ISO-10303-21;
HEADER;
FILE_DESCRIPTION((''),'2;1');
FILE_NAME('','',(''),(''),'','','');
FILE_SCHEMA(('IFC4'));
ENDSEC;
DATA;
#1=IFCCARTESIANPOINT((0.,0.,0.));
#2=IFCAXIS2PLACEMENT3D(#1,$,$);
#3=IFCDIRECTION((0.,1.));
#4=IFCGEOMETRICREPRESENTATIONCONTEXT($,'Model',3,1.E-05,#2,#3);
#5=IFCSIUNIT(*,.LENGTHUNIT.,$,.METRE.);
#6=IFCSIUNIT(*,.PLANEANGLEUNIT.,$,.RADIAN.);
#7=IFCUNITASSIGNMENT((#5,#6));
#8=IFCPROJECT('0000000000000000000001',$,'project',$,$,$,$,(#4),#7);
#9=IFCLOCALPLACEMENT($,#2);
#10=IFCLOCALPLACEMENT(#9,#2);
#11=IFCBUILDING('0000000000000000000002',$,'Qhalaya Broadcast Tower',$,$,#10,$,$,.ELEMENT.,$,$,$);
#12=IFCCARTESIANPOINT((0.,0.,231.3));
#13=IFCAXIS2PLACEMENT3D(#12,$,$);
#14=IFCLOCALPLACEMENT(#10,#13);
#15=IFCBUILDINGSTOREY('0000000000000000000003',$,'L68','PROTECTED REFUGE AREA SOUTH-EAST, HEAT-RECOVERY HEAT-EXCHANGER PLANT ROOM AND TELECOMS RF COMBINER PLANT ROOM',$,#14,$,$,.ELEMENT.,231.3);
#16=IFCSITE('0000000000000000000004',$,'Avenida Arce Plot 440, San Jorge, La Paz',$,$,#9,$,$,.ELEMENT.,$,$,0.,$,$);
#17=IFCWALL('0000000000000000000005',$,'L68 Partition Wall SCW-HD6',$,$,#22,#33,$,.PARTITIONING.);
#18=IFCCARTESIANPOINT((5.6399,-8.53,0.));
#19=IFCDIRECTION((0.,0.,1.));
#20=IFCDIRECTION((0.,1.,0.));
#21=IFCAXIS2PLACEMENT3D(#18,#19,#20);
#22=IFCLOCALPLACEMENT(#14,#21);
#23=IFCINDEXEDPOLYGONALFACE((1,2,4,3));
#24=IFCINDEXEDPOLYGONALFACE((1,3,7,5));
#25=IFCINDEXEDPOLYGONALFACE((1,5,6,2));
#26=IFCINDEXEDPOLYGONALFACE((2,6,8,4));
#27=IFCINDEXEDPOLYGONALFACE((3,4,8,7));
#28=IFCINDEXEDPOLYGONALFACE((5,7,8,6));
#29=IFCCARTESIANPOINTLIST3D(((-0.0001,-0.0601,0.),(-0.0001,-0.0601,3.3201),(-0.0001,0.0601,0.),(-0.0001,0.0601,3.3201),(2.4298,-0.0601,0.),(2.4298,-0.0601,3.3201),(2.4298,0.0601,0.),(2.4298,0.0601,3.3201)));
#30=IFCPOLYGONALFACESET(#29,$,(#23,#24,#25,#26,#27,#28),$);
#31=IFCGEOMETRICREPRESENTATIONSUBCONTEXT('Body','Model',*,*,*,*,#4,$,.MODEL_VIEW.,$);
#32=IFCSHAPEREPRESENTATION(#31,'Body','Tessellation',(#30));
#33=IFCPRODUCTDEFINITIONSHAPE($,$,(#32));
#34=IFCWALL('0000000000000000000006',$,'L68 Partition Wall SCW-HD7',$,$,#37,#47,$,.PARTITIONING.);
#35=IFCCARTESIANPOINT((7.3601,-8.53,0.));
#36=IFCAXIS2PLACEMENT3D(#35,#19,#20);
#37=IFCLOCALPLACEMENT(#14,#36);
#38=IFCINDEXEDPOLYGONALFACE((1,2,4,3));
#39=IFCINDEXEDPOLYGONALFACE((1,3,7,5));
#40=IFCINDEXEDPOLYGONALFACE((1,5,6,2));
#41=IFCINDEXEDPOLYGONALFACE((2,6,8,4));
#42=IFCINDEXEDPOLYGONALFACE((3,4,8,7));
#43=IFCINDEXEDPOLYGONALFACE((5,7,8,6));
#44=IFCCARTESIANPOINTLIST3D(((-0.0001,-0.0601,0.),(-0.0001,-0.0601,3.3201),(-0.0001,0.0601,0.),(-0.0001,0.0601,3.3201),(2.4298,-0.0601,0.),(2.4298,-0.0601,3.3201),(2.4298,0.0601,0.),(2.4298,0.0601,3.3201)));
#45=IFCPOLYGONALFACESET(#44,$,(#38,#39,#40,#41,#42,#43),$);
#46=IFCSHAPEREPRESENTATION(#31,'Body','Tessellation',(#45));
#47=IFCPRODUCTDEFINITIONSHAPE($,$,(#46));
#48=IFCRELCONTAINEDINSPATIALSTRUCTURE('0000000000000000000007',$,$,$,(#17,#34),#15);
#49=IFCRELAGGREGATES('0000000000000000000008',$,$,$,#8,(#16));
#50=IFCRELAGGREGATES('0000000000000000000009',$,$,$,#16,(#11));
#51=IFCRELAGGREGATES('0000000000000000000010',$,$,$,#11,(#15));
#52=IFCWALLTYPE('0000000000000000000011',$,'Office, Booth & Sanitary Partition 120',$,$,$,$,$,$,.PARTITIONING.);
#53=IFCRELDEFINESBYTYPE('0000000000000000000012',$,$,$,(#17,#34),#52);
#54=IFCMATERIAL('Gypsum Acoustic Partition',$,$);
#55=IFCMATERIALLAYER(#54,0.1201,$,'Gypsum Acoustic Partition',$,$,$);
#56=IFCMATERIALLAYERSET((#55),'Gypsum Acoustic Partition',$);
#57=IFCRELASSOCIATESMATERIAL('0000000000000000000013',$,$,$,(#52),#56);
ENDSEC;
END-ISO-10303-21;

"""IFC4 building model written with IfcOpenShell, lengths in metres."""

from ifc_helpers import new_model, si_unit, direction, frame, frame_2d, origin, place, context, subcontext, project, spatial, rectangle, extrude, material, layer, layer_set, type_object, element, save


model = new_model("IFC4")

# Units and contexts
model_context = context("Model", 3, precision=1e-05, world=origin(), true_north=direction((0.0, 1.0)))
body_context = subcontext(model_context, "Body", "Model", "MODEL_VIEW")
ifc_project = project(units=[si_unit("LENGTHUNIT", "METRE"), si_unit("PLANEANGLEUNIT", "RADIAN")], contexts=[model_context])

# Site, building, storey
site_placement = place(None, origin())
site = spatial("IfcSite", under=ifc_project, at=site_placement, Name="Avenida Arce Plot 440, San Jorge, La Paz", CompositionType="ELEMENT", RefElevation=0.0)
building_placement = place(site_placement, origin())
building = spatial("IfcBuilding", under=site, at=building_placement, Name="Qhalaya Broadcast Tower", CompositionType="ELEMENT")
storey_placement = place(building_placement, frame((0.0, 0.0, 231.3)))
storey = spatial("IfcBuildingStorey", under=building, at=storey_placement, Name="L68", Description="PROTECTED REFUGE AREA SOUTH-EAST, HEAT-RECOVERY HEAT-EXCHANGER PLANT ROOM AND TELECOMS RF COMBINER PLANT ROOM", CompositionType="ELEMENT", Elevation=231.3)

# Walls
ifc_material_1 = material(Name="Gypsum Acoustic Partition")
ifc_layer_1 = layer(ifc_material_1, 0.1201, Name="Gypsum Acoustic Partition")
ifc_layer_set_1 = layer_set([ifc_layer_1], Name="Gypsum Acoustic Partition")
wall_type_1 = type_object("IfcWallType", Name="Office, Booth & Sanitary Partition 120", PredefinedType="PARTITIONING", material=ifc_layer_set_1)
for number, where, z_axis, x_axis, name in (
    (1, (5.6399, -8.53, 0.0), (0.0, 0.0, 1.0), (0.0, 1.0, 0.0), "L68 Partition Wall SCW-HD6"),
    (2, (7.3601, -8.53, 0.0), (0.0, 0.0, 1.0), (0.0, 1.0, 0.0), "L68 Partition Wall SCW-HD7"),
):
    element("IfcWall", number, at=place(storey_placement, frame(where, z_axis=z_axis, x_axis=x_axis)), inside=storey, type_object=wall_type_1, Name=name, PredefinedType="PARTITIONING", context=body_context, shape_type="SweptSolid", body=[
        extrude(rectangle(XDim=2.4299, YDim=0.1201, at=frame_2d((1.2148, 0.0))), origin(), (0.0, 0.0, 1.0), 3.3201),
    ])

save(model, "model.ifc")
